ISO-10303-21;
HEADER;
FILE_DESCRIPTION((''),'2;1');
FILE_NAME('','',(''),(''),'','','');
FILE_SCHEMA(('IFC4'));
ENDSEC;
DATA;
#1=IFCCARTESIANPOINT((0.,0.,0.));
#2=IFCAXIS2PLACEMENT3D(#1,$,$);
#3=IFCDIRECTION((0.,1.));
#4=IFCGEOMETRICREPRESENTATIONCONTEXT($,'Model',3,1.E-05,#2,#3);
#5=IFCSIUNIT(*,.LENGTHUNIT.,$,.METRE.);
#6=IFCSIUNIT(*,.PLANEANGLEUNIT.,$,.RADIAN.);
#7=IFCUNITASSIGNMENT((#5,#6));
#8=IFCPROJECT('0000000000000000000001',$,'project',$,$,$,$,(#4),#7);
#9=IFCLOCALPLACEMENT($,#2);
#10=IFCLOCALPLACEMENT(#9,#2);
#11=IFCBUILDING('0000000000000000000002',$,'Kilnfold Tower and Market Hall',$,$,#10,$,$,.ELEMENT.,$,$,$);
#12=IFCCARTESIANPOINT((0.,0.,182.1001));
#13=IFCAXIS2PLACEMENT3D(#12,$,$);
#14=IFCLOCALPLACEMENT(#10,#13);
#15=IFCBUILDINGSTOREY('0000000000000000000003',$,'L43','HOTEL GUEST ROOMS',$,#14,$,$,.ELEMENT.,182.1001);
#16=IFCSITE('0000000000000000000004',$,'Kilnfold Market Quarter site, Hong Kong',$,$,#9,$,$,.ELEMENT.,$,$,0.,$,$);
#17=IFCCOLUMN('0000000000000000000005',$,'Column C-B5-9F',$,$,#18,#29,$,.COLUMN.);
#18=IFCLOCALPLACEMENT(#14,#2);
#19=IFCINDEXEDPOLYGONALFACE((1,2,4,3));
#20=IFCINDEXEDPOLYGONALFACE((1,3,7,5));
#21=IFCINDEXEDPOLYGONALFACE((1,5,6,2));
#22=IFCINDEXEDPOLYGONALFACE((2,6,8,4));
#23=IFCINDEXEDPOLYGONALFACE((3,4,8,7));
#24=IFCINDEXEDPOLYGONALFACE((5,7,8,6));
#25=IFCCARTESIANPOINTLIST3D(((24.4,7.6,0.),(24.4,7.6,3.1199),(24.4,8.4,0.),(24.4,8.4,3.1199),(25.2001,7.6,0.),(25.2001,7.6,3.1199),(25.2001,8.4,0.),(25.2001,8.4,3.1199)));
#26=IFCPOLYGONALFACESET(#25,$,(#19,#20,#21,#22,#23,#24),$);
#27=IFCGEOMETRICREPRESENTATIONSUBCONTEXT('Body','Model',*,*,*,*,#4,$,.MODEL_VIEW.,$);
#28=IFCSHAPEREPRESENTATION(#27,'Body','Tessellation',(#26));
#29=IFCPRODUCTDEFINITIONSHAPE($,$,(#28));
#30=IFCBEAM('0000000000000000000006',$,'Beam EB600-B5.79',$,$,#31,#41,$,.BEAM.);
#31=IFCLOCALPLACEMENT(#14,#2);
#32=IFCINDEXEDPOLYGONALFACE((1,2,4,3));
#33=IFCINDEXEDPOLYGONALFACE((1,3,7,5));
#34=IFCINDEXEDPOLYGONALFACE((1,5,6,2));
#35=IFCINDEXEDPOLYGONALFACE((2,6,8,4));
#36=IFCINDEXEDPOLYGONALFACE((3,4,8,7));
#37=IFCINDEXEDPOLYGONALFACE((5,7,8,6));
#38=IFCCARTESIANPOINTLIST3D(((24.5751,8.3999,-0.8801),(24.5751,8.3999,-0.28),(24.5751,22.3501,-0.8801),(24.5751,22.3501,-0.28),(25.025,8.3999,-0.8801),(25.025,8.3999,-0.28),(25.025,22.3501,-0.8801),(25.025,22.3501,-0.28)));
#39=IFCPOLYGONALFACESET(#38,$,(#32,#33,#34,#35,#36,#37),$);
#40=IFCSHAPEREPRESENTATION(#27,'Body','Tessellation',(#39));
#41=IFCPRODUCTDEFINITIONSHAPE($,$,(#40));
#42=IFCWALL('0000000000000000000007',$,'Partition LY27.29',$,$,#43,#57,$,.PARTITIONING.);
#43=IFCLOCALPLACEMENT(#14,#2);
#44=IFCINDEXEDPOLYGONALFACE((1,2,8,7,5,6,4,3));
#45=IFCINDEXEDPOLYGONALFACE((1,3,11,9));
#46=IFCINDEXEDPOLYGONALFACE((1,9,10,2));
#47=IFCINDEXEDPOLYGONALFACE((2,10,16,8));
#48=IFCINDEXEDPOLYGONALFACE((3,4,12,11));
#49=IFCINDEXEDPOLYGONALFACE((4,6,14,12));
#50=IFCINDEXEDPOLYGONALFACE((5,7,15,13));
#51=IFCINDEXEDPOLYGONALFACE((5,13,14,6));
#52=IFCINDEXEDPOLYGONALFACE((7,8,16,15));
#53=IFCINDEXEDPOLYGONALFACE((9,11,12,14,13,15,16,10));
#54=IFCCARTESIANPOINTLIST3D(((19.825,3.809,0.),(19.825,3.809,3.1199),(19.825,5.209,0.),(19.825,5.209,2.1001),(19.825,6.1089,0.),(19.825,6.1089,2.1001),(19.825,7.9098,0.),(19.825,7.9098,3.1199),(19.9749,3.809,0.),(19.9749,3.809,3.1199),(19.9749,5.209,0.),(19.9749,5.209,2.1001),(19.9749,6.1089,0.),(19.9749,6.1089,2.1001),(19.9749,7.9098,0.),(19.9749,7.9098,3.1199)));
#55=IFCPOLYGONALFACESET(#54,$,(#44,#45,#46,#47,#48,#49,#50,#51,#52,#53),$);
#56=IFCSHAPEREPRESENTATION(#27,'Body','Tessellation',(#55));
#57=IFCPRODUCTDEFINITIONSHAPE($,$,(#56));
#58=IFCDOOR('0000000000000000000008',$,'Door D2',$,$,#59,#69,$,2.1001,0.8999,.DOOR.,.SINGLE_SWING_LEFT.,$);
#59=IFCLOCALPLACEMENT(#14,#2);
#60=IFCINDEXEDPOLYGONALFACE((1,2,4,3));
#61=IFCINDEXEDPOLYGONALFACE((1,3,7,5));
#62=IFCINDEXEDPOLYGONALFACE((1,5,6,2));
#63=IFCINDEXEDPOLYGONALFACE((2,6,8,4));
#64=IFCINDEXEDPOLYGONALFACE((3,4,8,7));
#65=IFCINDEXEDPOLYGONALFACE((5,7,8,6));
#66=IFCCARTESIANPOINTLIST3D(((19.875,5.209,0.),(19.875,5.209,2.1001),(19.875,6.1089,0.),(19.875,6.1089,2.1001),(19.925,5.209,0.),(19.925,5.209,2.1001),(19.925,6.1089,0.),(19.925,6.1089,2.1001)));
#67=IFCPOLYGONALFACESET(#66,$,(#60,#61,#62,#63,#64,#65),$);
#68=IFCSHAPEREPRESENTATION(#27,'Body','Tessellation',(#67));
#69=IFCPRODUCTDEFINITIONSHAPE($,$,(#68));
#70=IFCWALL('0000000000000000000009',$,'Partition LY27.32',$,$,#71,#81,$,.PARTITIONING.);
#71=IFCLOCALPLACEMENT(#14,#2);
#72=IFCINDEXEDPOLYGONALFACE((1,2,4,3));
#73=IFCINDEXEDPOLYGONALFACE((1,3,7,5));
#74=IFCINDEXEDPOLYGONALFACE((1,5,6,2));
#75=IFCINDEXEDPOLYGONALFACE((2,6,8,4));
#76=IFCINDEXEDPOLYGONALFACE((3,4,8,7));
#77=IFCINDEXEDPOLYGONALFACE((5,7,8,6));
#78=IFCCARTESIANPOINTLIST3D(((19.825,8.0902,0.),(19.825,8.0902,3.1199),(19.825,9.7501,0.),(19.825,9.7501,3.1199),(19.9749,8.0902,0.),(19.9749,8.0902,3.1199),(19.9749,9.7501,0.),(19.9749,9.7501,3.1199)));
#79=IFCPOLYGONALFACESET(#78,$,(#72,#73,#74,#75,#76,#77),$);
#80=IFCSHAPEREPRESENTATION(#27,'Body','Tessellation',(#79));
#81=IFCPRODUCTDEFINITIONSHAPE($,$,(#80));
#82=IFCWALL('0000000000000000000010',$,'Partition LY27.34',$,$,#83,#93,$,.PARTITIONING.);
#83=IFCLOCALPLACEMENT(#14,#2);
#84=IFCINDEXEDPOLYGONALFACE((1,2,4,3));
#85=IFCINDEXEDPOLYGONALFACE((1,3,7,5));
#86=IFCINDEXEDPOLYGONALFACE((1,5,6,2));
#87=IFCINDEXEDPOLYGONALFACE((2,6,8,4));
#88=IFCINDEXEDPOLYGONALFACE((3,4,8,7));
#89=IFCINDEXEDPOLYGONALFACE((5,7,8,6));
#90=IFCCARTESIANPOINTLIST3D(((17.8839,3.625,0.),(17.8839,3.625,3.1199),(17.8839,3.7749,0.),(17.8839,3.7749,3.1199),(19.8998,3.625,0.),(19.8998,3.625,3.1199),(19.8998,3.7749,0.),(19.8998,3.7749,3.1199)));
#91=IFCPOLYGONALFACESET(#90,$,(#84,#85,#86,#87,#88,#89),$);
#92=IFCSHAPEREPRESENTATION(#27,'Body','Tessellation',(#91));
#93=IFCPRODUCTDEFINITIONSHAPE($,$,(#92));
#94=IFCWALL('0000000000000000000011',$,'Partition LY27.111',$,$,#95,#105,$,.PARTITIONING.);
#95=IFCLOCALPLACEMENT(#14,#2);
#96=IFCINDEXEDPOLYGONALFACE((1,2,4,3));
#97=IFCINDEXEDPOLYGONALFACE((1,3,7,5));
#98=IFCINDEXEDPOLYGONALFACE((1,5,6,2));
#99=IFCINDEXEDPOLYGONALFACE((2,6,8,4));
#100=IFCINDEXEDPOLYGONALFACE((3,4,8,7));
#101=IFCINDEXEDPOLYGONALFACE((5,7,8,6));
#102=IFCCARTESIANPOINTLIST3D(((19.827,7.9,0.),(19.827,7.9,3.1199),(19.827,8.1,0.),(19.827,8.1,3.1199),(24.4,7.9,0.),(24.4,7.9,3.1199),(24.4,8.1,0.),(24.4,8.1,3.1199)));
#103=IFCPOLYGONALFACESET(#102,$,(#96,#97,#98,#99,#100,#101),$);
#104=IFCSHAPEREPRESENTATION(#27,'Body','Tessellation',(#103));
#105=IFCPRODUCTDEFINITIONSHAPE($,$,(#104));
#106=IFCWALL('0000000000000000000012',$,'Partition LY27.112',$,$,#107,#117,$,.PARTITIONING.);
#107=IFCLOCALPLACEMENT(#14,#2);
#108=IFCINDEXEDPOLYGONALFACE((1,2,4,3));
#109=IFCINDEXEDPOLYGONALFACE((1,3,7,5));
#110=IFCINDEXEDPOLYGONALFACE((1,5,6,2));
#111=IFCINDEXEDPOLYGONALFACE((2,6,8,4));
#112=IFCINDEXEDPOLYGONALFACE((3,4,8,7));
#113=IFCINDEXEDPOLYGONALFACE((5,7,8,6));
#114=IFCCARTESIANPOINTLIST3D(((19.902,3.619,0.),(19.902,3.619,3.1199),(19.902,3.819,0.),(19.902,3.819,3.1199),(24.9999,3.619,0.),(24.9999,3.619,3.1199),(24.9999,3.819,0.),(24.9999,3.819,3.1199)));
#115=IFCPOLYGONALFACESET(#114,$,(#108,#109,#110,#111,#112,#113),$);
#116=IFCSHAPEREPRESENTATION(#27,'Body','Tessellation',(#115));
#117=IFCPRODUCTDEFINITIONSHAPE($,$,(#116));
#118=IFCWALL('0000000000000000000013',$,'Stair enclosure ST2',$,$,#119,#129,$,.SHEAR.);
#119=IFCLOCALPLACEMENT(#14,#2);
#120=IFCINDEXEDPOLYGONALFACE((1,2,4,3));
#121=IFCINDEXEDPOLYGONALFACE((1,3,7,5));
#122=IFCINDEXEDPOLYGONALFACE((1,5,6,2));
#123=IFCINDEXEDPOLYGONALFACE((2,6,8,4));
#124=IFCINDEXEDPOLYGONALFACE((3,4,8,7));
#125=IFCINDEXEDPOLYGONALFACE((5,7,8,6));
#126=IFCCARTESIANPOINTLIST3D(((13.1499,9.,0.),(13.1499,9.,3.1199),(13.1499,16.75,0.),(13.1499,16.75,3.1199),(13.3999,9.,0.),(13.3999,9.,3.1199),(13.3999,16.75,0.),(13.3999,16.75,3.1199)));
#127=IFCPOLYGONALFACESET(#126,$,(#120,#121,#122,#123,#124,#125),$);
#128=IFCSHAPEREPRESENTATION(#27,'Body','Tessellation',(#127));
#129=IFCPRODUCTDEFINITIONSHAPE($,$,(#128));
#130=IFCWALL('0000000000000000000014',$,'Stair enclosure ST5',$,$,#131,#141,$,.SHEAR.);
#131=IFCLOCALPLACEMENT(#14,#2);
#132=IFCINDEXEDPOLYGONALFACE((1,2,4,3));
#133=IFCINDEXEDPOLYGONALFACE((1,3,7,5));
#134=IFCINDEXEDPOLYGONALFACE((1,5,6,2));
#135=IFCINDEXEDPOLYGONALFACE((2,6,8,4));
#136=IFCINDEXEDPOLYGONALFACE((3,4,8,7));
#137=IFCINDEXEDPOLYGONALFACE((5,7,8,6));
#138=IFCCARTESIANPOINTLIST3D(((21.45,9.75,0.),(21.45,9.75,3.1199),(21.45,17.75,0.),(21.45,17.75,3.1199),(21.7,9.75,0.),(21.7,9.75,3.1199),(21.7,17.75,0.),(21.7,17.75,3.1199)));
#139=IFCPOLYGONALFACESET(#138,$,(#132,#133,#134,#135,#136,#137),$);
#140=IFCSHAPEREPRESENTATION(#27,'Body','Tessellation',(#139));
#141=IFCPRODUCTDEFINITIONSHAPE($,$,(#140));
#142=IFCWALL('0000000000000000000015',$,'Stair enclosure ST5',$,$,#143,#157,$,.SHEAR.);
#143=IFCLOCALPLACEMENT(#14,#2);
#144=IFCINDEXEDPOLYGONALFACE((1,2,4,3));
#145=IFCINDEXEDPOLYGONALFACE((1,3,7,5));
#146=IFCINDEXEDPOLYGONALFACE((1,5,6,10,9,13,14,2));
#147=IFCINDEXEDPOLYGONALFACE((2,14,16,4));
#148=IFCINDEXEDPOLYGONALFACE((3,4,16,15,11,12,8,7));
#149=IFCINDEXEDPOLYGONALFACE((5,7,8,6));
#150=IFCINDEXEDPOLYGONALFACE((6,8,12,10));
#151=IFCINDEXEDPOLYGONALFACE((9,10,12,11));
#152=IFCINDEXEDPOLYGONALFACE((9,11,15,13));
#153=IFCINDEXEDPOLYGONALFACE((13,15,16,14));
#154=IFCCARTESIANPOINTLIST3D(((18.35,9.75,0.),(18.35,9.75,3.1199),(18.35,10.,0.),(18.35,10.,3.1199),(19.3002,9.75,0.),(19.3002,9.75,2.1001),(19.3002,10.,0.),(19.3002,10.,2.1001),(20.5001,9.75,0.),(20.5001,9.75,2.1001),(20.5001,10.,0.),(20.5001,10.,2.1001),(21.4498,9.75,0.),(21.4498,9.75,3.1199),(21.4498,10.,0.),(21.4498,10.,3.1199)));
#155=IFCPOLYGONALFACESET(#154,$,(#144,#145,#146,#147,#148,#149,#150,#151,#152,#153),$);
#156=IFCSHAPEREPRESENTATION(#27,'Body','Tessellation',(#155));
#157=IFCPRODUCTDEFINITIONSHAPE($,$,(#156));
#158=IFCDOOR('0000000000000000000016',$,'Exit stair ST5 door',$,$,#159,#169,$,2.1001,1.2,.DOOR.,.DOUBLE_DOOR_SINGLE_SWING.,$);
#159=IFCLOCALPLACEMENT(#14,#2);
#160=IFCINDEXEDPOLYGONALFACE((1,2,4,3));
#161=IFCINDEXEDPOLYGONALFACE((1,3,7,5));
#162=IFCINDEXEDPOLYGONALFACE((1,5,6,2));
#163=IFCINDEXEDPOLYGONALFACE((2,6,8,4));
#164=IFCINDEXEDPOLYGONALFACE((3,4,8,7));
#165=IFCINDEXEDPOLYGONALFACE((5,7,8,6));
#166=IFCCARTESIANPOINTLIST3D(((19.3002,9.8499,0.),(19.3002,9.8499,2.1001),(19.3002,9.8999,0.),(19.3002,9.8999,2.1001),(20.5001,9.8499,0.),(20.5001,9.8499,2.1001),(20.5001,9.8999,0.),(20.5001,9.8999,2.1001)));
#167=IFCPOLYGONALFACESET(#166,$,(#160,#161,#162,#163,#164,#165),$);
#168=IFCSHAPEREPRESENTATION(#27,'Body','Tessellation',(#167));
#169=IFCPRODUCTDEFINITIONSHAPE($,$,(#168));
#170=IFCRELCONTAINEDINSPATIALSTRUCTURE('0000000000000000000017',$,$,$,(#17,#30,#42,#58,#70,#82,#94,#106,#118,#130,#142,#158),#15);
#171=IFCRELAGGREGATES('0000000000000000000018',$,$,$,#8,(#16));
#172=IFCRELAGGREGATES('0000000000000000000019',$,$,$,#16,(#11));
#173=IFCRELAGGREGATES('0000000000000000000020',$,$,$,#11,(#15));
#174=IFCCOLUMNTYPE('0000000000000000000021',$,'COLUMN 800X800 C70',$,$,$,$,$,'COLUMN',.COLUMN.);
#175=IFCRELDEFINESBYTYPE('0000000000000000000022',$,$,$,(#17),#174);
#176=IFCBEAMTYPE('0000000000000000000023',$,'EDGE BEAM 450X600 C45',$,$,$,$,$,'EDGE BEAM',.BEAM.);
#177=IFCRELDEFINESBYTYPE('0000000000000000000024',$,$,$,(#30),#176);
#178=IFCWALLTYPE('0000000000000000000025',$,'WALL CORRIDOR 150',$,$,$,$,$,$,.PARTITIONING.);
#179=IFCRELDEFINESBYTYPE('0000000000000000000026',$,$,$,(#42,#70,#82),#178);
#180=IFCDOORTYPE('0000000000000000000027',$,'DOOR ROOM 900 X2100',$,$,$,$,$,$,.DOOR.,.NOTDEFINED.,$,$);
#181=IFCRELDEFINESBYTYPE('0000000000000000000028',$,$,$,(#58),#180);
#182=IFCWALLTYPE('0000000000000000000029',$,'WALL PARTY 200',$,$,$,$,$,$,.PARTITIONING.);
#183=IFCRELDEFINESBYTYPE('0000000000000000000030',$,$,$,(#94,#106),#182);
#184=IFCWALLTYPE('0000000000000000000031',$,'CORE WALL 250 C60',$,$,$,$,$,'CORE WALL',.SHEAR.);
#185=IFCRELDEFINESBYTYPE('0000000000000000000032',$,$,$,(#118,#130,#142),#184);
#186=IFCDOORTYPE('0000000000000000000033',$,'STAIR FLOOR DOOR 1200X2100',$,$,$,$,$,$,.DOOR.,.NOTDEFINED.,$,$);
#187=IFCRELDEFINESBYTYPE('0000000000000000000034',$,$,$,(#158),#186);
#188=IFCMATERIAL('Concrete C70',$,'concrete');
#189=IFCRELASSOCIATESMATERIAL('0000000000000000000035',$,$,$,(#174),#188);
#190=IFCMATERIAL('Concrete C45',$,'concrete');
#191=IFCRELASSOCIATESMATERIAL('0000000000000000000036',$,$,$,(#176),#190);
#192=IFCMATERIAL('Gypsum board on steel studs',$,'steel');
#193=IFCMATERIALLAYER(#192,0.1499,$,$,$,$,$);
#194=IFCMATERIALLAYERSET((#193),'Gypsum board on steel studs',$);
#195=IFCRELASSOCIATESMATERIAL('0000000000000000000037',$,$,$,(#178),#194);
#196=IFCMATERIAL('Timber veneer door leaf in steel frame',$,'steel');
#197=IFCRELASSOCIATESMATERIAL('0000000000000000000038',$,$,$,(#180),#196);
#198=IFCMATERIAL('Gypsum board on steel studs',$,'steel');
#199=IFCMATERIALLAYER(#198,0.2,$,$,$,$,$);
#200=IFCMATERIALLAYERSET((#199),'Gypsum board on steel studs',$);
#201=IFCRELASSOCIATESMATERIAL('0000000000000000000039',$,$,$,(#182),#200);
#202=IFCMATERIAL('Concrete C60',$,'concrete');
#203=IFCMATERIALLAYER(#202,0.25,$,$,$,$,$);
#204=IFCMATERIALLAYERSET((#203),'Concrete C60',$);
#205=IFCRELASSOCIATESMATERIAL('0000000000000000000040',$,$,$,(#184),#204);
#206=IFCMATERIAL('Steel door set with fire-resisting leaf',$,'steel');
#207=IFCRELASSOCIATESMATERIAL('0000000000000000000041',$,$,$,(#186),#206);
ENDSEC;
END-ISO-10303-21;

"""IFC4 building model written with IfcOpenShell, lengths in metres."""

from ifc_helpers import new_model, si_unit, direction, frame, frame_2d, origin, origin_2d, place, context, subcontext, project, spatial, rectangle, extrude, source, transform, mapped, material, layer, layer_set, material_profile, profile_set, type_object, element, fill, save


model = new_model("IFC4")

# Units and contexts
model_context = context("Model", 3, precision=1e-05, world=origin(), true_north=direction((0.0, 1.0)))
body_context = subcontext(model_context, "Body", "Model", "MODEL_VIEW")
ifc_project = project(units=[si_unit("LENGTHUNIT", "METRE"), si_unit("PLANEANGLEUNIT", "RADIAN")], contexts=[model_context])

# Site, building, storey
site_placement = place(None, origin())
site = spatial("IfcSite", under=ifc_project, at=site_placement, Name="Kilnfold Market Quarter site, Hong Kong", CompositionType="ELEMENT", RefElevation=0.0)
building_placement = place(site_placement, origin())
building = spatial("IfcBuilding", under=site, at=building_placement, Name="Kilnfold Tower and Market Hall", CompositionType="ELEMENT")
storey_placement = place(building_placement, frame((0.0, 0.0, 182.1001)))
storey = spatial("IfcBuildingStorey", under=building, at=storey_placement, Name="L43", Description="HOTEL GUEST ROOMS", CompositionType="ELEMENT", Elevation=182.1001)

# Column
ifc_material_1 = material(Name="Concrete C70", Category="concrete")
ifc_material_profile_1 = material_profile(ifc_material_1, rectangle(XDim=0.8, YDim=0.8, at=origin_2d()), Name="RC 800x800")
ifc_profile_set_1 = profile_set([ifc_material_profile_1], Name="Concrete C70")
column_type = type_object("IfcColumnType", Name="COLUMN 800X800 C70", ElementType="COLUMN", PredefinedType="COLUMN", material=ifc_profile_set_1)
shared_shape_1 = source(origin(), body_context, "Body", "SweptSolid", [
    extrude(rectangle(XDim=0.8, YDim=0.8, at=origin_2d()), origin(), (0.0, 0.0, 1.0), 3.1199),
])
column_placement = place(storey_placement, frame((24.8, 8.0, 0.0), z_axis=(0.0, 0.0, 1.0), x_axis=(1.0, 0.0, 0.0)))
element("IfcColumn", 1, at=column_placement, inside=storey, type_object=column_type, Name="Column C-B5-9F", PredefinedType="COLUMN", context=body_context, shape_type="MappedRepresentation", body=[
    mapped(shared_shape_1, transform((0.0, 0.0, 0.0))),
])

# Beam
ifc_material_2 = material(Name="Concrete C45", Category="concrete")
ifc_material_profile_2 = material_profile(ifc_material_2, rectangle(XDim=0.45, YDim=0.6001, at=origin_2d()), Name="RC 450x600")
ifc_profile_set_2 = profile_set([ifc_material_profile_2], Name="Concrete C45")
beam_type = type_object("IfcBeamType", Name="EDGE BEAM 450X600 C45", ElementType="EDGE BEAM", PredefinedType="BEAM", material=ifc_profile_set_2)
shared_shape_2 = source(origin(), body_context, "Body", "SweptSolid", [
    extrude(rectangle(XDim=0.45, YDim=0.6001, at=origin_2d()), origin(), (0.0, 0.0, 1.0), 13.9502),
])
beam_placement = place(storey_placement, frame((24.8, 8.3999, -0.5801), z_axis=(0.0, 1.0, 0.0), x_axis=(-1.0, 0.0, 0.0)))
element("IfcBeam", 2, at=beam_placement, inside=storey, type_object=beam_type, Name="Beam EB600-B5.79", PredefinedType="BEAM", context=body_context, shape_type="MappedRepresentation", body=[
    mapped(shared_shape_2, transform((0.0, 0.0, 0.0))),
])

# Wall, opening, door
ifc_material_3 = material(Name="Gypsum board on steel studs", Category="steel")
ifc_layer_1 = layer(ifc_material_3, 0.1499)
ifc_layer_set_1 = layer_set([ifc_layer_1], Name="Gypsum board on steel studs")
wall_type_1 = type_object("IfcWallType", Name="WALL CORRIDOR 150", PredefinedType="PARTITIONING", material=ifc_layer_set_1)
wall_1_placement = place(storey_placement, frame((19.8999, 3.8091, 0.0), z_axis=(0.0, 0.0, 1.0), x_axis=(0.0, 1.0, 0.0)))
wall_1 = element("IfcWall", 3, at=wall_1_placement, inside=storey, type_object=wall_type_1, Name="Partition LY27.29", PredefinedType="PARTITIONING", context=body_context, shape_type="SweptSolid", body=[
    extrude(rectangle(XDim=4.1008, YDim=0.1499, at=frame_2d((2.0503, 0.0))), origin(), (0.0, 0.0, 1.0), 3.1199),
])
opening_1_placement = place(wall_1_placement, frame((1.3999, 0.0, 0.0)))
opening_1 = element("IfcOpeningElement", 4, at=opening_1_placement, cuts=wall_1, PredefinedType="OPENING", context=body_context, shape_type="SweptSolid", body=[
    extrude(rectangle(XDim=0.8999, YDim=2.1001, at=frame_2d((0.45, 1.05))), frame((0.0, 0.085, 0.0), z_axis=(0.0, -1.0, 0.0), x_axis=(1.0, 0.0, 0.0)), (0.0, 0.0, 1.0), 0.1699),
])
ifc_material_4 = material(Name="Timber veneer door leaf in steel frame", Category="steel")
door_type_1 = type_object("IfcDoorType", Name="DOOR ROOM 900 X2100", OperationType="NOTDEFINED", PredefinedType="DOOR", material=ifc_material_4)
door_1_placement = place(opening_1_placement, origin())
door_1 = element("IfcDoor", 5, at=door_1_placement, inside=storey, type_object=door_type_1, Name="Door D2", OperationType="SINGLE_SWING_LEFT", OverallHeight=2.1001, OverallWidth=0.8999, PredefinedType="DOOR", context=body_context, shape_type="SweptSolid", body=[
    extrude(rectangle(XDim=0.8999, YDim=2.1001, at=frame_2d((0.45, 1.05))), frame((0.0, 0.0249, 0.0), z_axis=(0.0, -1.0, 0.0), x_axis=(1.0, 0.0, 0.0)), (0.0, 0.0, 1.0), 0.05),
])
fill(opening_1, door_1)

# Walls
wall_2_placement = place(storey_placement, frame((19.8999, 8.0901, 0.0), z_axis=(0.0, 0.0, 1.0), x_axis=(0.0, 1.0, 0.0)))
element("IfcWall", 6, at=wall_2_placement, inside=storey, type_object=wall_type_1, Name="Partition LY27.32", PredefinedType="PARTITIONING", context=body_context, shape_type="SweptSolid", body=[
    extrude(rectangle(XDim=1.6599, YDim=0.1499, at=frame_2d((0.8301, 0.0))), origin(), (0.0, 0.0, 1.0), 3.1199),
])
wall_3_placement = place(storey_placement, frame((17.884, 3.7, 0.0), z_axis=(0.0, 0.0, 1.0), x_axis=(1.0, 0.0, 0.0)))
element("IfcWall", 7, at=wall_3_placement, inside=storey, type_object=wall_type_1, Name="Partition LY27.34", PredefinedType="PARTITIONING", context=body_context, shape_type="SweptSolid", body=[
    extrude(rectangle(XDim=2.0159, YDim=0.1499, at=frame_2d((1.0078, 0.0))), origin(), (0.0, 0.0, 1.0), 3.1199),
])
ifc_material_5 = material(Name="Gypsum board on steel studs", Category="steel")
ifc_layer_2 = layer(ifc_material_5, 0.2)
ifc_layer_set_2 = layer_set([ifc_layer_2], Name="Gypsum board on steel studs")
wall_type_2 = type_object("IfcWallType", Name="WALL PARTY 200", PredefinedType="PARTITIONING", material=ifc_layer_set_2)
wall_4_placement = place(storey_placement, frame((19.8269, 8.0, 0.0), z_axis=(0.0, 0.0, 1.0), x_axis=(1.0, 0.0, 0.0)))
element("IfcWall", 8, at=wall_4_placement, inside=storey, type_object=wall_type_2, Name="Partition LY27.111", PredefinedType="PARTITIONING", context=body_context, shape_type="SweptSolid", body=[
    extrude(rectangle(XDim=4.573, YDim=0.2, at=frame_2d((2.2866, 0.0))), origin(), (0.0, 0.0, 1.0), 3.1199),
])
wall_5_placement = place(storey_placement, frame((19.9021, 3.719, 0.0), z_axis=(0.0, 0.0, 1.0), x_axis=(1.0, 0.0, 0.0)))
element("IfcWall", 9, at=wall_5_placement, inside=storey, type_object=wall_type_2, Name="Partition LY27.112", PredefinedType="PARTITIONING", context=body_context, shape_type="SweptSolid", body=[
    extrude(rectangle(XDim=5.0979, YDim=0.2, at=frame_2d((2.5488, 0.0))), origin(), (0.0, 0.0, 1.0), 3.1199),
])
ifc_material_6 = material(Name="Concrete C60", Category="concrete")
ifc_layer_3 = layer(ifc_material_6, 0.25)
ifc_layer_set_3 = layer_set([ifc_layer_3], Name="Concrete C60")
wall_type_3 = type_object("IfcWallType", Name="CORE WALL 250 C60", ElementType="CORE WALL", PredefinedType="SHEAR", material=ifc_layer_set_3)
shared_shape_3 = source(origin(), body_context, "Body", "SweptSolid", [
    extrude(rectangle(XDim=7.75, YDim=0.25, at=frame_2d((3.875, 0.0))), origin(), (0.0, 0.0, 1.0), 3.1199),
])
wall_6_placement = place(storey_placement, frame((13.2749, 9.0, 0.0), z_axis=(0.0, 0.0, 1.0), x_axis=(0.0, 1.0, 0.0)))
element("IfcWall", 10, at=wall_6_placement, inside=storey, type_object=wall_type_3, Name="Stair enclosure ST2", PredefinedType="SHEAR", context=body_context, shape_type="MappedRepresentation", body=[
    mapped(shared_shape_3, transform((0.0, 0.0, 0.0))),
])
shared_shape_4 = source(origin(), body_context, "Body", "SweptSolid", [
    extrude(rectangle(XDim=8.0, YDim=0.25, at=frame_2d((4.0, 0.0))), origin(), (0.0, 0.0, 1.0), 3.1199),
])
wall_7_placement = place(storey_placement, frame((21.575, 9.75, 0.0), z_axis=(0.0, 0.0, 1.0), x_axis=(0.0, 1.0, 0.0)))
element("IfcWall", 11, at=wall_7_placement, inside=storey, type_object=wall_type_3, Name="Stair enclosure ST5", PredefinedType="SHEAR", context=body_context, shape_type="MappedRepresentation", body=[
    mapped(shared_shape_4, transform((0.0, 0.0, 0.0))),
])

# Wall, opening, door
shared_shape_5 = source(origin(), body_context, "Body", "SweptSolid", [
    extrude(rectangle(XDim=3.0999, YDim=0.25, at=frame_2d((1.5498, 0.0))), origin(), (0.0, 0.0, 1.0), 3.1199),
])
wall_8_placement = place(storey_placement, frame((18.3501, 9.875, 0.0), z_axis=(0.0, 0.0, 1.0), x_axis=(1.0, 0.0, 0.0)))
wall_8 = element("IfcWall", 12, at=wall_8_placement, inside=storey, type_object=wall_type_3, Name="Stair enclosure ST5", PredefinedType="SHEAR", context=body_context, shape_type="MappedRepresentation", body=[
    mapped(shared_shape_5, transform((0.0, 0.0, 0.0))),
])
opening_2_placement = place(wall_8_placement, frame((0.95, 0.0, 0.0)))
opening_2 = element("IfcOpeningElement", 13, at=opening_2_placement, cuts=wall_8, PredefinedType="OPENING", context=body_context, shape_type="SweptSolid", body=[
    extrude(rectangle(XDim=1.2, YDim=2.1001, at=frame_2d((0.6001, 1.05))), frame((0.0, 0.135, 0.0), z_axis=(0.0, -1.0, 0.0), x_axis=(1.0, 0.0, 0.0)), (0.0, 0.0, 1.0), 0.27),
])
ifc_material_7 = material(Name="Steel door set with fire-resisting leaf", Category="steel")
door_type_2 = type_object("IfcDoorType", Name="STAIR FLOOR DOOR 1200X2100", OperationType="NOTDEFINED", PredefinedType="DOOR", material=ifc_material_7)
door_2_placement = place(opening_2_placement, origin())
door_2 = element("IfcDoor", 14, at=door_2_placement, inside=storey, type_object=door_type_2, Name="Exit stair ST5 door", OperationType="DOUBLE_DOOR_SINGLE_SWING", OverallHeight=2.1001, OverallWidth=1.2, PredefinedType="DOOR", context=body_context, shape_type="SweptSolid", body=[
    extrude(rectangle(XDim=1.2, YDim=2.1001, at=frame_2d((0.6001, 1.05))), frame((0.0, 0.0249, 0.0), z_axis=(0.0, -1.0, 0.0), x_axis=(1.0, 0.0, 0.0)), (0.0, 0.0, 1.0), 0.05),
])
fill(opening_2, door_2)

save(model, "model.ifc")
